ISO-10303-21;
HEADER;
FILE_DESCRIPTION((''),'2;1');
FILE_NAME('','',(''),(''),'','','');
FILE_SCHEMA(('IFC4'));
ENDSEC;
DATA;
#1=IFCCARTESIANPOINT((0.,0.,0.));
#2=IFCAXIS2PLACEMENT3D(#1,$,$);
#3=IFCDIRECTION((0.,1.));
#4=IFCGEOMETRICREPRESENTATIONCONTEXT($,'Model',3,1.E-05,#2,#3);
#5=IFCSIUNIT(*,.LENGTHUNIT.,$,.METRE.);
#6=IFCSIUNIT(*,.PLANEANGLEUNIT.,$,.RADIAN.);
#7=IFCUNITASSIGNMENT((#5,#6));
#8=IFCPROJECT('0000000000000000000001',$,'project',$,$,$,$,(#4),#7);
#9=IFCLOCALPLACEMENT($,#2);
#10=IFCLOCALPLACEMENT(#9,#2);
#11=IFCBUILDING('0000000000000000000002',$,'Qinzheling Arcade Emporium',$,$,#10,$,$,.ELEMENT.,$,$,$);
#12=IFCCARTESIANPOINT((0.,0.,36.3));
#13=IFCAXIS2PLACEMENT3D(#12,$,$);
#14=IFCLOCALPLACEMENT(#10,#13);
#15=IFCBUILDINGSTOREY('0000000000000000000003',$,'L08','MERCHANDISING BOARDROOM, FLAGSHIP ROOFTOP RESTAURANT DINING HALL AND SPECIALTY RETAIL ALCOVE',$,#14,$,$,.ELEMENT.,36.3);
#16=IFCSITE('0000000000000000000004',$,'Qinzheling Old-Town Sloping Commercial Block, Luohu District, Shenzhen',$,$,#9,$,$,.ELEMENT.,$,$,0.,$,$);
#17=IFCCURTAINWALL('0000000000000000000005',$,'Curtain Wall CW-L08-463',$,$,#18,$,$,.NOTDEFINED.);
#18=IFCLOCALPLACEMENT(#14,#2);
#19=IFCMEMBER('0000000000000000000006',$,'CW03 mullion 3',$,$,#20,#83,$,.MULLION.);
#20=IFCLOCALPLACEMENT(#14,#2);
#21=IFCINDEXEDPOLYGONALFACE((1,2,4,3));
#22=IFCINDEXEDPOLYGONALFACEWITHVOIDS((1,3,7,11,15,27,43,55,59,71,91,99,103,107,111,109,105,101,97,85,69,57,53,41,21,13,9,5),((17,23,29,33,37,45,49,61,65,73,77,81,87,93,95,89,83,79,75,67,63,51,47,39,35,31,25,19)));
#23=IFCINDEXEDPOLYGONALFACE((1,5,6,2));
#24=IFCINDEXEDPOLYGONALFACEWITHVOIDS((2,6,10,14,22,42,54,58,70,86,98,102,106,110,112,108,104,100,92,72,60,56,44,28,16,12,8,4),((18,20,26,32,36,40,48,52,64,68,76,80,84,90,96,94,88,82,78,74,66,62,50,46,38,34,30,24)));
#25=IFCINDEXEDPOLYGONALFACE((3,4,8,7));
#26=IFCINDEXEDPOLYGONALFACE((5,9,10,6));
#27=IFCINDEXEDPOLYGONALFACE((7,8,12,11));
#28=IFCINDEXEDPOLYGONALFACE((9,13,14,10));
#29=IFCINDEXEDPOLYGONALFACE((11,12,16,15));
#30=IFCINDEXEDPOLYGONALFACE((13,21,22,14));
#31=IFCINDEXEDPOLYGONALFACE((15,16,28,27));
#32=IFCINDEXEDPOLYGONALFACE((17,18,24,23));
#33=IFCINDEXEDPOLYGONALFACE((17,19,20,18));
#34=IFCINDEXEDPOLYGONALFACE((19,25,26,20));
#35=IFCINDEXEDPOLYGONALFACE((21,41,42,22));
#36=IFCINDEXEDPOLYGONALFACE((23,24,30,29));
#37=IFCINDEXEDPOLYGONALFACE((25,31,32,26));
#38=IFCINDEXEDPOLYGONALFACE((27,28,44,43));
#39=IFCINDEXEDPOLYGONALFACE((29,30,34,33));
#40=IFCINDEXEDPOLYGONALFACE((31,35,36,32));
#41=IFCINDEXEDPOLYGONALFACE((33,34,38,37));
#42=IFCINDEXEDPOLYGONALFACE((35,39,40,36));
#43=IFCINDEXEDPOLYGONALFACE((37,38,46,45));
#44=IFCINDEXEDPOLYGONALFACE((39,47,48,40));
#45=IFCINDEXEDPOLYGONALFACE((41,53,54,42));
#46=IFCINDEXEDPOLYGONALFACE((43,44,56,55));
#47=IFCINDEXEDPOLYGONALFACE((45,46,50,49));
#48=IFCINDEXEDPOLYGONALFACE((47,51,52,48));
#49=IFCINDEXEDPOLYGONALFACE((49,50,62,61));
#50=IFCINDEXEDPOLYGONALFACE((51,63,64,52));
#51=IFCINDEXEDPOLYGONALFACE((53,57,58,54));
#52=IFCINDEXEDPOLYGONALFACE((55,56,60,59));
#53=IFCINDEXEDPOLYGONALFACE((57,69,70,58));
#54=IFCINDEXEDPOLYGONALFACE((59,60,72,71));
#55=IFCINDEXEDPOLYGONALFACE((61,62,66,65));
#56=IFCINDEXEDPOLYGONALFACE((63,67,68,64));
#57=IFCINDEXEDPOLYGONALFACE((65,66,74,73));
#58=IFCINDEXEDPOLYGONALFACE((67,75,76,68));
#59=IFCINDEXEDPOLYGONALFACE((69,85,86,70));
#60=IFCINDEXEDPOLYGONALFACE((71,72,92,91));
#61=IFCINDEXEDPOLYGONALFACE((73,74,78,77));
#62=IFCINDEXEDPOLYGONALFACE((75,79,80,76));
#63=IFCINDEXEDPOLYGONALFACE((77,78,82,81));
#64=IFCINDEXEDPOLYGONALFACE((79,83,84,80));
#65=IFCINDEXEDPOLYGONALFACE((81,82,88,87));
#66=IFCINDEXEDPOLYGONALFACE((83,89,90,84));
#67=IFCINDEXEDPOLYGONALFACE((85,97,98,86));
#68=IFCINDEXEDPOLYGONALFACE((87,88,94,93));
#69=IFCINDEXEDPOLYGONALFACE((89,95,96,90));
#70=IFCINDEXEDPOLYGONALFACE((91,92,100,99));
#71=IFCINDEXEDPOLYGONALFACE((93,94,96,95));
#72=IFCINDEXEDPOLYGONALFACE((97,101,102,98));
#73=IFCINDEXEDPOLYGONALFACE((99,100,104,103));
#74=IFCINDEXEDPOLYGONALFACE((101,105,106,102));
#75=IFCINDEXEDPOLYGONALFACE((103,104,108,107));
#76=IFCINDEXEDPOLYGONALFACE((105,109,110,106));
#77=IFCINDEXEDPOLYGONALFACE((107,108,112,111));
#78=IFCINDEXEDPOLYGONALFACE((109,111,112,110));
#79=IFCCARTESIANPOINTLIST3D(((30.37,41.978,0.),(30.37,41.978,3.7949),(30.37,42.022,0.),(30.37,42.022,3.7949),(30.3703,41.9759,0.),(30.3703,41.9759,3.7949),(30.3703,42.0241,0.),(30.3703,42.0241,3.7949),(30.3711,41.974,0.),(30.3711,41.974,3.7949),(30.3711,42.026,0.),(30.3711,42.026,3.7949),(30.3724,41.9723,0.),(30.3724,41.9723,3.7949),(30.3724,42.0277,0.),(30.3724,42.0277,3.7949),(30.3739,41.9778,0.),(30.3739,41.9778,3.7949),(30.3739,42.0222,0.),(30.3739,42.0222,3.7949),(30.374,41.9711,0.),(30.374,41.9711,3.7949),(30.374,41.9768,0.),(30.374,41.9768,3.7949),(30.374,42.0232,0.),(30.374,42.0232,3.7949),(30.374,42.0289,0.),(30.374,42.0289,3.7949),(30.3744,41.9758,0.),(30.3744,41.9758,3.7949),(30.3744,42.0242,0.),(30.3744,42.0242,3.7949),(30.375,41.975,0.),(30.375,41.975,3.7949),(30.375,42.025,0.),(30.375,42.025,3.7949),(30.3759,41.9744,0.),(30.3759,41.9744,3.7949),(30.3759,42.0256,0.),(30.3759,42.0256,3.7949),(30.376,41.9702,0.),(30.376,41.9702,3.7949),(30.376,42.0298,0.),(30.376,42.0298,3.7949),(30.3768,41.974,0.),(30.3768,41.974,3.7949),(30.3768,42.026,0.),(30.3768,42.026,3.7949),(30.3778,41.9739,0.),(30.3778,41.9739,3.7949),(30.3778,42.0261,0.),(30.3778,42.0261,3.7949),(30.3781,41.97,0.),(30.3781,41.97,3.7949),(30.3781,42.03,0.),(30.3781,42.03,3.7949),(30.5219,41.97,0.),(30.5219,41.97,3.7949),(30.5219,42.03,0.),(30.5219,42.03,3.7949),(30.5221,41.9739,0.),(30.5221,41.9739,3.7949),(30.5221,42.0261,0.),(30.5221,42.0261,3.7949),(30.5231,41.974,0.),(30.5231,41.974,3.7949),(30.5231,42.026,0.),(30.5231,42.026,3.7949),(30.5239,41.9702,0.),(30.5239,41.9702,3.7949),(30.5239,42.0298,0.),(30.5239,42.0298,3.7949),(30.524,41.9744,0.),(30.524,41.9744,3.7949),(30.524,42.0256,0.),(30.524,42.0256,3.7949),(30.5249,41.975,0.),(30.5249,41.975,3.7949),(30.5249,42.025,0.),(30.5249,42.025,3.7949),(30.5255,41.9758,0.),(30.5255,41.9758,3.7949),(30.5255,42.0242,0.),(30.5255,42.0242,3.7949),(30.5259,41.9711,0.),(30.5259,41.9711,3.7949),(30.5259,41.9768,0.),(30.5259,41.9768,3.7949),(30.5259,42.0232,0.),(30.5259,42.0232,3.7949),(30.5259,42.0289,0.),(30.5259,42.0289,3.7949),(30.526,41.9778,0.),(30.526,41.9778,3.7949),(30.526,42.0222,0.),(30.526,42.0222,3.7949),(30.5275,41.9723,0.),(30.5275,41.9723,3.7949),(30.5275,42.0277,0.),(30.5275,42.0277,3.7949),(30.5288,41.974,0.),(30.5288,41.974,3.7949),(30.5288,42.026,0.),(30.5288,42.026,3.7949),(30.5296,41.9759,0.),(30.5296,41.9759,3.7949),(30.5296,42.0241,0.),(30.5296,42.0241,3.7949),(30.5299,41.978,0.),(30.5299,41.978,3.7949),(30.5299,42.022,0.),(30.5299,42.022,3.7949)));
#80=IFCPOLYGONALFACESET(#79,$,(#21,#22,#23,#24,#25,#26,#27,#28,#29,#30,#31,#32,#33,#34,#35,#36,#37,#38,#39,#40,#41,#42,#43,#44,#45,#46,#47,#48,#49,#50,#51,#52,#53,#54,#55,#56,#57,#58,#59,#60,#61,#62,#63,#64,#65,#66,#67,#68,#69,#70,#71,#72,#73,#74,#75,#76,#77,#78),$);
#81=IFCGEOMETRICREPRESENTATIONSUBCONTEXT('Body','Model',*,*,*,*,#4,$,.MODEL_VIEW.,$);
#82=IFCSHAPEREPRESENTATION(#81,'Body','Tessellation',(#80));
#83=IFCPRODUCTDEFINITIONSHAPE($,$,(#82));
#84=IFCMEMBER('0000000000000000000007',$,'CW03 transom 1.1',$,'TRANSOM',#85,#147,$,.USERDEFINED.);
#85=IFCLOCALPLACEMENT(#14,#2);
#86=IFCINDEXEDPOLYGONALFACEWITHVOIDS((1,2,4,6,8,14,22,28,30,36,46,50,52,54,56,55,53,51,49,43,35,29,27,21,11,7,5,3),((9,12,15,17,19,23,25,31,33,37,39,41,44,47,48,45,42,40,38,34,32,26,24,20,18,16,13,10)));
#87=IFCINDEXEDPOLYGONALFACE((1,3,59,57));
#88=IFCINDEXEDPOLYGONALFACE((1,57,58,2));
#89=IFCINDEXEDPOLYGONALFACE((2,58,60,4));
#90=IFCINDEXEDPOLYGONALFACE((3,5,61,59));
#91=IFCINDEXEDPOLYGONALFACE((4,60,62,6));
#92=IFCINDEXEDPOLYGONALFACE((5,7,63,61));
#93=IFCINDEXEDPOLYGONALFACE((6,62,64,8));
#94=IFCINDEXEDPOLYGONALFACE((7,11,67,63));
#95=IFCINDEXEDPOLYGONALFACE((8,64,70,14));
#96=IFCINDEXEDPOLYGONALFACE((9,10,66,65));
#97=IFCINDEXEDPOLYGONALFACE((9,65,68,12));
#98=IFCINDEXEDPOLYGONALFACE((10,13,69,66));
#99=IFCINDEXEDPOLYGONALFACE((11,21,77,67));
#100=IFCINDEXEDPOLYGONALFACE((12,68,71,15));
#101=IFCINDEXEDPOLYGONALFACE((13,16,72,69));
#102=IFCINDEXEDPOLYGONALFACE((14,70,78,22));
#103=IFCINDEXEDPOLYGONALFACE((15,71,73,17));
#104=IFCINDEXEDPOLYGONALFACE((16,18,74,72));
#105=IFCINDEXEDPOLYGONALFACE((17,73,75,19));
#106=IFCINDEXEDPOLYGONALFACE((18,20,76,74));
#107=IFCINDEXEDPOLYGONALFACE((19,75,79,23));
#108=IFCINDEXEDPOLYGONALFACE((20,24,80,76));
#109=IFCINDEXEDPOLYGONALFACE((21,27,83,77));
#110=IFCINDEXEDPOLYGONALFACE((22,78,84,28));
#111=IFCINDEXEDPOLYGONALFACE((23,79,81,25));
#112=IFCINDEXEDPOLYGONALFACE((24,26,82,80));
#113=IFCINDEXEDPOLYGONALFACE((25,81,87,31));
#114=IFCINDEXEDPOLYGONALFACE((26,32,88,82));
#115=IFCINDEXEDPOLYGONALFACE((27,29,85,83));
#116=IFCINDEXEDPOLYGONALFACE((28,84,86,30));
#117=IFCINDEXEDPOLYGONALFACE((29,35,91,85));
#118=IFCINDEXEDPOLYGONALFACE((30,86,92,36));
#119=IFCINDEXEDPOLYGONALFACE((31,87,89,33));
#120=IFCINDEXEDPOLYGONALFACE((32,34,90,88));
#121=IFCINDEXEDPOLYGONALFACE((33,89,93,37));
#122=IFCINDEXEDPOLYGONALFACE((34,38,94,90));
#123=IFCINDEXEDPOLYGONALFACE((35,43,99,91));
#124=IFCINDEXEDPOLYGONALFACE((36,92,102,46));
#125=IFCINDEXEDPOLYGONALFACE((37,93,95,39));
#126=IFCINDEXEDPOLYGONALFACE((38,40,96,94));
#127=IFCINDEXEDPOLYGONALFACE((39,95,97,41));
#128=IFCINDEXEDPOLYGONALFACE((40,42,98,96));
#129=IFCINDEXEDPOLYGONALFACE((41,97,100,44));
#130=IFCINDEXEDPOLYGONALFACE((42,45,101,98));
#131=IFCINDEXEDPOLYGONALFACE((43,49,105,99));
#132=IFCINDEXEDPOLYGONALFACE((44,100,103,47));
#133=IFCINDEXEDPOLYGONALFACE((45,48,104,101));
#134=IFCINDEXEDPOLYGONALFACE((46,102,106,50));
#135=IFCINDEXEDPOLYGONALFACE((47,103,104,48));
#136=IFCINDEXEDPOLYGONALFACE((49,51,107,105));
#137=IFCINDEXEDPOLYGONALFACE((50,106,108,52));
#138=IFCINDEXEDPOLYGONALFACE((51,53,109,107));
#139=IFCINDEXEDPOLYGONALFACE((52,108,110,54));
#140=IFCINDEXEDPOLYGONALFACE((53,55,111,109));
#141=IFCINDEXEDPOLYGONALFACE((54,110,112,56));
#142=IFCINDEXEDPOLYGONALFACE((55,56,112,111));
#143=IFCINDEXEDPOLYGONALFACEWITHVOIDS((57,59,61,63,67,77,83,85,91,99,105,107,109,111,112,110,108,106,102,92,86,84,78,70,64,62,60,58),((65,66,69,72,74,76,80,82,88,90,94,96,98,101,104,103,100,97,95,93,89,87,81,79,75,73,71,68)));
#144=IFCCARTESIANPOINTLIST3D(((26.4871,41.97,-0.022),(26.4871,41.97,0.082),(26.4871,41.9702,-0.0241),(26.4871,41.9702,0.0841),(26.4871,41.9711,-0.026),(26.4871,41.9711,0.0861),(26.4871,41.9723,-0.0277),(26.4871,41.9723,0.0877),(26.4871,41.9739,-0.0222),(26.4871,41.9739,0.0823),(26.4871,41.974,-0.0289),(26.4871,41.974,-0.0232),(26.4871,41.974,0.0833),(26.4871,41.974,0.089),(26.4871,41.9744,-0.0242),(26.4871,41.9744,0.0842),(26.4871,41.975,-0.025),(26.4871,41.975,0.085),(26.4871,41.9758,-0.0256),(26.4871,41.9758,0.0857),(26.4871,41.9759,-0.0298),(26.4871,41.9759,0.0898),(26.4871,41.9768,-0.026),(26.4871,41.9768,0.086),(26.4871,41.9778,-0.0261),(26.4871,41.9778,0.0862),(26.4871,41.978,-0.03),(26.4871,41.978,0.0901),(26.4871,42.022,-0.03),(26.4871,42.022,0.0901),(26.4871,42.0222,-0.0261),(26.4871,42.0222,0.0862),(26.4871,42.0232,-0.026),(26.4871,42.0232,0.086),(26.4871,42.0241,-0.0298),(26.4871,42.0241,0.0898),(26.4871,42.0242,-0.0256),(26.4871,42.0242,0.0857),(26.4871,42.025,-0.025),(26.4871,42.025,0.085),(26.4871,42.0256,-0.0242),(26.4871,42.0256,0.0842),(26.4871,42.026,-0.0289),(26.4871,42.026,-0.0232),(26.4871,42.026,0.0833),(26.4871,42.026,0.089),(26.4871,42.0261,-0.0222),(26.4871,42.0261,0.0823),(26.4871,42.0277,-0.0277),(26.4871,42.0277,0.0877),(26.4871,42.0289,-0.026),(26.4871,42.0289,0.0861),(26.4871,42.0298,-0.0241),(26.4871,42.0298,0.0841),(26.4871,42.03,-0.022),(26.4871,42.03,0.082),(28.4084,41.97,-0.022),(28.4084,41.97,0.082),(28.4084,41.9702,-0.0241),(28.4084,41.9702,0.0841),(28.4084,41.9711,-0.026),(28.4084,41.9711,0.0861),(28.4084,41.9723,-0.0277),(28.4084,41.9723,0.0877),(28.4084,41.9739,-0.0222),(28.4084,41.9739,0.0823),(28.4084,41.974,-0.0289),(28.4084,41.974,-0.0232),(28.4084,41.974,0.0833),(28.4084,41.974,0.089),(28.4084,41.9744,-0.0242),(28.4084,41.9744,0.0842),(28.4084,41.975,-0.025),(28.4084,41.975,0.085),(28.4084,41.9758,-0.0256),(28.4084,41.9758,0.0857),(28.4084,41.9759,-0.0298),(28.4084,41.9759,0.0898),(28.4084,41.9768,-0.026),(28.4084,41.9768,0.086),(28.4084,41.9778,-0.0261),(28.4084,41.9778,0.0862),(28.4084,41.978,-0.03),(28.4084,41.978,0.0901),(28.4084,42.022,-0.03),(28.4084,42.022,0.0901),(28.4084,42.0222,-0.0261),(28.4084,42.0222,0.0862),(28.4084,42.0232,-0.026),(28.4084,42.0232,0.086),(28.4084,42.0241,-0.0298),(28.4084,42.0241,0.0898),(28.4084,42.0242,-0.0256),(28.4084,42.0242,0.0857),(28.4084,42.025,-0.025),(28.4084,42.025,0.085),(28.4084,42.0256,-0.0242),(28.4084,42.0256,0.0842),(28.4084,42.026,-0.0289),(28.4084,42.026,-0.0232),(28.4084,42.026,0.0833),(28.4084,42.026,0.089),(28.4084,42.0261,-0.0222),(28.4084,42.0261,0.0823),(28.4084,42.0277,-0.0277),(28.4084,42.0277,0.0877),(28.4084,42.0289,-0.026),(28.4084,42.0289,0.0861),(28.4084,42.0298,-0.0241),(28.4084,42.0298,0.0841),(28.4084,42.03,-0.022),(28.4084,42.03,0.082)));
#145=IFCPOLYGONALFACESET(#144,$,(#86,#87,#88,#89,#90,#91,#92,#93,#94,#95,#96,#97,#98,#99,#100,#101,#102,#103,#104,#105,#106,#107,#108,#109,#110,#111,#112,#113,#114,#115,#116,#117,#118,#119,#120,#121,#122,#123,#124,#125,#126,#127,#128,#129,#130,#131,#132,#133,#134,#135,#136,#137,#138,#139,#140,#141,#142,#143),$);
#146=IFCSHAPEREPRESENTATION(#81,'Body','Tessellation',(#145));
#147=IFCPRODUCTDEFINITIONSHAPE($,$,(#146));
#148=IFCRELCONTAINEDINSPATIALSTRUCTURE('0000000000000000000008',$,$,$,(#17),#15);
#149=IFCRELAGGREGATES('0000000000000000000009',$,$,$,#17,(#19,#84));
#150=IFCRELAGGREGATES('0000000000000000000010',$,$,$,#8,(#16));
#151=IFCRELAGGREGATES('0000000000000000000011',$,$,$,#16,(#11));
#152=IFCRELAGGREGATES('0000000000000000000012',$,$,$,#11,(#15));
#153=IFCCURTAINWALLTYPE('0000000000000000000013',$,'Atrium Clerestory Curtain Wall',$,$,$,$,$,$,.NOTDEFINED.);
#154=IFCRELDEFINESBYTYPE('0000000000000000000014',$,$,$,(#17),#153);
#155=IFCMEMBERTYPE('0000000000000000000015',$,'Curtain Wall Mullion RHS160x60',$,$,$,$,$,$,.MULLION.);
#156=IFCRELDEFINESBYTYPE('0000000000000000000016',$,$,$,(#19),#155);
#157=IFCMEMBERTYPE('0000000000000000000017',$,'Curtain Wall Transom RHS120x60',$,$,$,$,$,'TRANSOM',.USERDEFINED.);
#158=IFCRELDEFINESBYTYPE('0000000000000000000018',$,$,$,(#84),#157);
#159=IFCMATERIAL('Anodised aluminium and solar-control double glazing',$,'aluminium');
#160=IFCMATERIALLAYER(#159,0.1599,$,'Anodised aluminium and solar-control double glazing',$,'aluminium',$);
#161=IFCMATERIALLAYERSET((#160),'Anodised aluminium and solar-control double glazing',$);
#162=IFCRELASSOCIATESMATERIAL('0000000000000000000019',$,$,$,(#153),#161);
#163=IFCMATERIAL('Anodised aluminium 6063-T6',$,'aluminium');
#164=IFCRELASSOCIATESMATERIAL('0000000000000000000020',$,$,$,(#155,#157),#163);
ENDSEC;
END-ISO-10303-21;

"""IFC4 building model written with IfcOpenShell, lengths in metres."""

from ifc_helpers import new_model, si_unit, direction, frame, origin, origin_2d, place, context, subcontext, project, spatial, hollow_rectangle, extrude, material, layer, layer_set, material_profile, profile_set, type_object, element, aggregate, save


model = new_model("IFC4")

# Units and contexts
model_context = context("Model", 3, precision=1e-05, world=origin(), true_north=direction((0.0, 1.0)))
body_context = subcontext(model_context, "Body", "Model", "MODEL_VIEW")
ifc_project = project(units=[si_unit("LENGTHUNIT", "METRE"), si_unit("PLANEANGLEUNIT", "RADIAN")], contexts=[model_context])

# Site, building, storey
site_placement = place(None, origin())
site = spatial("IfcSite", under=ifc_project, at=site_placement, Name="Qinzheling Old-Town Sloping Commercial Block, Luohu District, Shenzhen", CompositionType="ELEMENT", RefElevation=0.0)
building_placement = place(site_placement, origin())
building = spatial("IfcBuilding", under=site, at=building_placement, Name="Qinzheling Arcade Emporium", CompositionType="ELEMENT")
storey_placement = place(building_placement, frame((0.0, 0.0, 36.3)))
storey = spatial("IfcBuildingStorey", under=building, at=storey_placement, Name="L08", Description="MERCHANDISING BOARDROOM, FLAGSHIP ROOFTOP RESTAURANT DINING HALL AND SPECIALTY RETAIL ALCOVE", CompositionType="ELEMENT", Elevation=36.3)

# Curtain wall, members
ifc_material_1 = material(Name="Anodised aluminium and solar-control double glazing", Category="aluminium")
ifc_layer_1 = layer(ifc_material_1, 0.1599, Name="Anodised aluminium and solar-control double glazing", Category="aluminium")
ifc_layer_set_1 = layer_set([ifc_layer_1], Name="Anodised aluminium and solar-control double glazing")
curtain_wall_type = type_object("IfcCurtainWallType", Name="Atrium Clerestory Curtain Wall", PredefinedType="NOTDEFINED", material=ifc_layer_set_1)
curtain_wall_placement = place(storey_placement, origin())
curtain_wall = element("IfcCurtainWall", 1, at=curtain_wall_placement, inside=storey, type_object=curtain_wall_type, Name="Curtain Wall CW-L08-463", PredefinedType="NOTDEFINED")
ifc_material_2 = material(Name="Anodised aluminium 6063-T6", Category="aluminium")
ifc_material_profile_1 = material_profile(ifc_material_2, hollow_rectangle(XDim=0.0601, YDim=0.1599, WallThickness=0.0039, InnerFilletRadius=0.0039, OuterFilletRadius=0.0081, at=origin_2d()), Name="RHS 160x60x4", Category="aluminium")
ifc_profile_set_1 = profile_set([ifc_material_profile_1], Name="Anodised aluminium 6063-T6")
member_type_1 = type_object("IfcMemberType", Name="Curtain Wall Mullion RHS160x60", PredefinedType="MULLION", material=ifc_profile_set_1)
member_1_placement = place(storey_placement, frame((30.45, 42.0, 0.0), z_axis=(0.0, 0.0, 1.0), x_axis=(0.0, 1.0, 0.0)))
member_1 = element("IfcMember", 2, at=member_1_placement, type_object=member_type_1, Name="CW03 mullion 3", PredefinedType="MULLION", context=body_context, shape_type="SweptSolid", body=[
    extrude(hollow_rectangle(XDim=0.0601, YDim=0.1599, WallThickness=0.0039, InnerFilletRadius=0.0039, OuterFilletRadius=0.0081, at=origin_2d()), origin(), (0.0, 0.0, 1.0), 3.7949),
])
ifc_material_profile_2 = material_profile(ifc_material_2, hollow_rectangle(XDim=0.0601, YDim=0.1201, WallThickness=0.0039, InnerFilletRadius=0.0039, OuterFilletRadius=0.0081, at=origin_2d()), Name="RHS 120x60x4", Category="aluminium")
ifc_profile_set_2 = profile_set([ifc_material_profile_2], Name="Anodised aluminium 6063-T6")
member_type_2 = type_object("IfcMemberType", Name="Curtain Wall Transom RHS120x60", ElementType="TRANSOM", PredefinedType="USERDEFINED", material=ifc_profile_set_2)
member_2_placement = place(storey_placement, frame((26.4871, 42.0, 0.03), z_axis=(1.0, 0.0, 0.0), x_axis=(0.0, 1.0, 0.0)))
member_2 = element("IfcMember", 3, at=member_2_placement, type_object=member_type_2, Name="CW03 transom 1.1", ObjectType="TRANSOM", PredefinedType="USERDEFINED", context=body_context, shape_type="SweptSolid", body=[
    extrude(hollow_rectangle(XDim=0.0601, YDim=0.1201, WallThickness=0.0039, InnerFilletRadius=0.0039, OuterFilletRadius=0.0081, at=origin_2d()), origin(), (0.0, 0.0, 1.0), 1.9214),
])

aggregate(curtain_wall, [member_1, member_2])

save(model, "model.ifc")
